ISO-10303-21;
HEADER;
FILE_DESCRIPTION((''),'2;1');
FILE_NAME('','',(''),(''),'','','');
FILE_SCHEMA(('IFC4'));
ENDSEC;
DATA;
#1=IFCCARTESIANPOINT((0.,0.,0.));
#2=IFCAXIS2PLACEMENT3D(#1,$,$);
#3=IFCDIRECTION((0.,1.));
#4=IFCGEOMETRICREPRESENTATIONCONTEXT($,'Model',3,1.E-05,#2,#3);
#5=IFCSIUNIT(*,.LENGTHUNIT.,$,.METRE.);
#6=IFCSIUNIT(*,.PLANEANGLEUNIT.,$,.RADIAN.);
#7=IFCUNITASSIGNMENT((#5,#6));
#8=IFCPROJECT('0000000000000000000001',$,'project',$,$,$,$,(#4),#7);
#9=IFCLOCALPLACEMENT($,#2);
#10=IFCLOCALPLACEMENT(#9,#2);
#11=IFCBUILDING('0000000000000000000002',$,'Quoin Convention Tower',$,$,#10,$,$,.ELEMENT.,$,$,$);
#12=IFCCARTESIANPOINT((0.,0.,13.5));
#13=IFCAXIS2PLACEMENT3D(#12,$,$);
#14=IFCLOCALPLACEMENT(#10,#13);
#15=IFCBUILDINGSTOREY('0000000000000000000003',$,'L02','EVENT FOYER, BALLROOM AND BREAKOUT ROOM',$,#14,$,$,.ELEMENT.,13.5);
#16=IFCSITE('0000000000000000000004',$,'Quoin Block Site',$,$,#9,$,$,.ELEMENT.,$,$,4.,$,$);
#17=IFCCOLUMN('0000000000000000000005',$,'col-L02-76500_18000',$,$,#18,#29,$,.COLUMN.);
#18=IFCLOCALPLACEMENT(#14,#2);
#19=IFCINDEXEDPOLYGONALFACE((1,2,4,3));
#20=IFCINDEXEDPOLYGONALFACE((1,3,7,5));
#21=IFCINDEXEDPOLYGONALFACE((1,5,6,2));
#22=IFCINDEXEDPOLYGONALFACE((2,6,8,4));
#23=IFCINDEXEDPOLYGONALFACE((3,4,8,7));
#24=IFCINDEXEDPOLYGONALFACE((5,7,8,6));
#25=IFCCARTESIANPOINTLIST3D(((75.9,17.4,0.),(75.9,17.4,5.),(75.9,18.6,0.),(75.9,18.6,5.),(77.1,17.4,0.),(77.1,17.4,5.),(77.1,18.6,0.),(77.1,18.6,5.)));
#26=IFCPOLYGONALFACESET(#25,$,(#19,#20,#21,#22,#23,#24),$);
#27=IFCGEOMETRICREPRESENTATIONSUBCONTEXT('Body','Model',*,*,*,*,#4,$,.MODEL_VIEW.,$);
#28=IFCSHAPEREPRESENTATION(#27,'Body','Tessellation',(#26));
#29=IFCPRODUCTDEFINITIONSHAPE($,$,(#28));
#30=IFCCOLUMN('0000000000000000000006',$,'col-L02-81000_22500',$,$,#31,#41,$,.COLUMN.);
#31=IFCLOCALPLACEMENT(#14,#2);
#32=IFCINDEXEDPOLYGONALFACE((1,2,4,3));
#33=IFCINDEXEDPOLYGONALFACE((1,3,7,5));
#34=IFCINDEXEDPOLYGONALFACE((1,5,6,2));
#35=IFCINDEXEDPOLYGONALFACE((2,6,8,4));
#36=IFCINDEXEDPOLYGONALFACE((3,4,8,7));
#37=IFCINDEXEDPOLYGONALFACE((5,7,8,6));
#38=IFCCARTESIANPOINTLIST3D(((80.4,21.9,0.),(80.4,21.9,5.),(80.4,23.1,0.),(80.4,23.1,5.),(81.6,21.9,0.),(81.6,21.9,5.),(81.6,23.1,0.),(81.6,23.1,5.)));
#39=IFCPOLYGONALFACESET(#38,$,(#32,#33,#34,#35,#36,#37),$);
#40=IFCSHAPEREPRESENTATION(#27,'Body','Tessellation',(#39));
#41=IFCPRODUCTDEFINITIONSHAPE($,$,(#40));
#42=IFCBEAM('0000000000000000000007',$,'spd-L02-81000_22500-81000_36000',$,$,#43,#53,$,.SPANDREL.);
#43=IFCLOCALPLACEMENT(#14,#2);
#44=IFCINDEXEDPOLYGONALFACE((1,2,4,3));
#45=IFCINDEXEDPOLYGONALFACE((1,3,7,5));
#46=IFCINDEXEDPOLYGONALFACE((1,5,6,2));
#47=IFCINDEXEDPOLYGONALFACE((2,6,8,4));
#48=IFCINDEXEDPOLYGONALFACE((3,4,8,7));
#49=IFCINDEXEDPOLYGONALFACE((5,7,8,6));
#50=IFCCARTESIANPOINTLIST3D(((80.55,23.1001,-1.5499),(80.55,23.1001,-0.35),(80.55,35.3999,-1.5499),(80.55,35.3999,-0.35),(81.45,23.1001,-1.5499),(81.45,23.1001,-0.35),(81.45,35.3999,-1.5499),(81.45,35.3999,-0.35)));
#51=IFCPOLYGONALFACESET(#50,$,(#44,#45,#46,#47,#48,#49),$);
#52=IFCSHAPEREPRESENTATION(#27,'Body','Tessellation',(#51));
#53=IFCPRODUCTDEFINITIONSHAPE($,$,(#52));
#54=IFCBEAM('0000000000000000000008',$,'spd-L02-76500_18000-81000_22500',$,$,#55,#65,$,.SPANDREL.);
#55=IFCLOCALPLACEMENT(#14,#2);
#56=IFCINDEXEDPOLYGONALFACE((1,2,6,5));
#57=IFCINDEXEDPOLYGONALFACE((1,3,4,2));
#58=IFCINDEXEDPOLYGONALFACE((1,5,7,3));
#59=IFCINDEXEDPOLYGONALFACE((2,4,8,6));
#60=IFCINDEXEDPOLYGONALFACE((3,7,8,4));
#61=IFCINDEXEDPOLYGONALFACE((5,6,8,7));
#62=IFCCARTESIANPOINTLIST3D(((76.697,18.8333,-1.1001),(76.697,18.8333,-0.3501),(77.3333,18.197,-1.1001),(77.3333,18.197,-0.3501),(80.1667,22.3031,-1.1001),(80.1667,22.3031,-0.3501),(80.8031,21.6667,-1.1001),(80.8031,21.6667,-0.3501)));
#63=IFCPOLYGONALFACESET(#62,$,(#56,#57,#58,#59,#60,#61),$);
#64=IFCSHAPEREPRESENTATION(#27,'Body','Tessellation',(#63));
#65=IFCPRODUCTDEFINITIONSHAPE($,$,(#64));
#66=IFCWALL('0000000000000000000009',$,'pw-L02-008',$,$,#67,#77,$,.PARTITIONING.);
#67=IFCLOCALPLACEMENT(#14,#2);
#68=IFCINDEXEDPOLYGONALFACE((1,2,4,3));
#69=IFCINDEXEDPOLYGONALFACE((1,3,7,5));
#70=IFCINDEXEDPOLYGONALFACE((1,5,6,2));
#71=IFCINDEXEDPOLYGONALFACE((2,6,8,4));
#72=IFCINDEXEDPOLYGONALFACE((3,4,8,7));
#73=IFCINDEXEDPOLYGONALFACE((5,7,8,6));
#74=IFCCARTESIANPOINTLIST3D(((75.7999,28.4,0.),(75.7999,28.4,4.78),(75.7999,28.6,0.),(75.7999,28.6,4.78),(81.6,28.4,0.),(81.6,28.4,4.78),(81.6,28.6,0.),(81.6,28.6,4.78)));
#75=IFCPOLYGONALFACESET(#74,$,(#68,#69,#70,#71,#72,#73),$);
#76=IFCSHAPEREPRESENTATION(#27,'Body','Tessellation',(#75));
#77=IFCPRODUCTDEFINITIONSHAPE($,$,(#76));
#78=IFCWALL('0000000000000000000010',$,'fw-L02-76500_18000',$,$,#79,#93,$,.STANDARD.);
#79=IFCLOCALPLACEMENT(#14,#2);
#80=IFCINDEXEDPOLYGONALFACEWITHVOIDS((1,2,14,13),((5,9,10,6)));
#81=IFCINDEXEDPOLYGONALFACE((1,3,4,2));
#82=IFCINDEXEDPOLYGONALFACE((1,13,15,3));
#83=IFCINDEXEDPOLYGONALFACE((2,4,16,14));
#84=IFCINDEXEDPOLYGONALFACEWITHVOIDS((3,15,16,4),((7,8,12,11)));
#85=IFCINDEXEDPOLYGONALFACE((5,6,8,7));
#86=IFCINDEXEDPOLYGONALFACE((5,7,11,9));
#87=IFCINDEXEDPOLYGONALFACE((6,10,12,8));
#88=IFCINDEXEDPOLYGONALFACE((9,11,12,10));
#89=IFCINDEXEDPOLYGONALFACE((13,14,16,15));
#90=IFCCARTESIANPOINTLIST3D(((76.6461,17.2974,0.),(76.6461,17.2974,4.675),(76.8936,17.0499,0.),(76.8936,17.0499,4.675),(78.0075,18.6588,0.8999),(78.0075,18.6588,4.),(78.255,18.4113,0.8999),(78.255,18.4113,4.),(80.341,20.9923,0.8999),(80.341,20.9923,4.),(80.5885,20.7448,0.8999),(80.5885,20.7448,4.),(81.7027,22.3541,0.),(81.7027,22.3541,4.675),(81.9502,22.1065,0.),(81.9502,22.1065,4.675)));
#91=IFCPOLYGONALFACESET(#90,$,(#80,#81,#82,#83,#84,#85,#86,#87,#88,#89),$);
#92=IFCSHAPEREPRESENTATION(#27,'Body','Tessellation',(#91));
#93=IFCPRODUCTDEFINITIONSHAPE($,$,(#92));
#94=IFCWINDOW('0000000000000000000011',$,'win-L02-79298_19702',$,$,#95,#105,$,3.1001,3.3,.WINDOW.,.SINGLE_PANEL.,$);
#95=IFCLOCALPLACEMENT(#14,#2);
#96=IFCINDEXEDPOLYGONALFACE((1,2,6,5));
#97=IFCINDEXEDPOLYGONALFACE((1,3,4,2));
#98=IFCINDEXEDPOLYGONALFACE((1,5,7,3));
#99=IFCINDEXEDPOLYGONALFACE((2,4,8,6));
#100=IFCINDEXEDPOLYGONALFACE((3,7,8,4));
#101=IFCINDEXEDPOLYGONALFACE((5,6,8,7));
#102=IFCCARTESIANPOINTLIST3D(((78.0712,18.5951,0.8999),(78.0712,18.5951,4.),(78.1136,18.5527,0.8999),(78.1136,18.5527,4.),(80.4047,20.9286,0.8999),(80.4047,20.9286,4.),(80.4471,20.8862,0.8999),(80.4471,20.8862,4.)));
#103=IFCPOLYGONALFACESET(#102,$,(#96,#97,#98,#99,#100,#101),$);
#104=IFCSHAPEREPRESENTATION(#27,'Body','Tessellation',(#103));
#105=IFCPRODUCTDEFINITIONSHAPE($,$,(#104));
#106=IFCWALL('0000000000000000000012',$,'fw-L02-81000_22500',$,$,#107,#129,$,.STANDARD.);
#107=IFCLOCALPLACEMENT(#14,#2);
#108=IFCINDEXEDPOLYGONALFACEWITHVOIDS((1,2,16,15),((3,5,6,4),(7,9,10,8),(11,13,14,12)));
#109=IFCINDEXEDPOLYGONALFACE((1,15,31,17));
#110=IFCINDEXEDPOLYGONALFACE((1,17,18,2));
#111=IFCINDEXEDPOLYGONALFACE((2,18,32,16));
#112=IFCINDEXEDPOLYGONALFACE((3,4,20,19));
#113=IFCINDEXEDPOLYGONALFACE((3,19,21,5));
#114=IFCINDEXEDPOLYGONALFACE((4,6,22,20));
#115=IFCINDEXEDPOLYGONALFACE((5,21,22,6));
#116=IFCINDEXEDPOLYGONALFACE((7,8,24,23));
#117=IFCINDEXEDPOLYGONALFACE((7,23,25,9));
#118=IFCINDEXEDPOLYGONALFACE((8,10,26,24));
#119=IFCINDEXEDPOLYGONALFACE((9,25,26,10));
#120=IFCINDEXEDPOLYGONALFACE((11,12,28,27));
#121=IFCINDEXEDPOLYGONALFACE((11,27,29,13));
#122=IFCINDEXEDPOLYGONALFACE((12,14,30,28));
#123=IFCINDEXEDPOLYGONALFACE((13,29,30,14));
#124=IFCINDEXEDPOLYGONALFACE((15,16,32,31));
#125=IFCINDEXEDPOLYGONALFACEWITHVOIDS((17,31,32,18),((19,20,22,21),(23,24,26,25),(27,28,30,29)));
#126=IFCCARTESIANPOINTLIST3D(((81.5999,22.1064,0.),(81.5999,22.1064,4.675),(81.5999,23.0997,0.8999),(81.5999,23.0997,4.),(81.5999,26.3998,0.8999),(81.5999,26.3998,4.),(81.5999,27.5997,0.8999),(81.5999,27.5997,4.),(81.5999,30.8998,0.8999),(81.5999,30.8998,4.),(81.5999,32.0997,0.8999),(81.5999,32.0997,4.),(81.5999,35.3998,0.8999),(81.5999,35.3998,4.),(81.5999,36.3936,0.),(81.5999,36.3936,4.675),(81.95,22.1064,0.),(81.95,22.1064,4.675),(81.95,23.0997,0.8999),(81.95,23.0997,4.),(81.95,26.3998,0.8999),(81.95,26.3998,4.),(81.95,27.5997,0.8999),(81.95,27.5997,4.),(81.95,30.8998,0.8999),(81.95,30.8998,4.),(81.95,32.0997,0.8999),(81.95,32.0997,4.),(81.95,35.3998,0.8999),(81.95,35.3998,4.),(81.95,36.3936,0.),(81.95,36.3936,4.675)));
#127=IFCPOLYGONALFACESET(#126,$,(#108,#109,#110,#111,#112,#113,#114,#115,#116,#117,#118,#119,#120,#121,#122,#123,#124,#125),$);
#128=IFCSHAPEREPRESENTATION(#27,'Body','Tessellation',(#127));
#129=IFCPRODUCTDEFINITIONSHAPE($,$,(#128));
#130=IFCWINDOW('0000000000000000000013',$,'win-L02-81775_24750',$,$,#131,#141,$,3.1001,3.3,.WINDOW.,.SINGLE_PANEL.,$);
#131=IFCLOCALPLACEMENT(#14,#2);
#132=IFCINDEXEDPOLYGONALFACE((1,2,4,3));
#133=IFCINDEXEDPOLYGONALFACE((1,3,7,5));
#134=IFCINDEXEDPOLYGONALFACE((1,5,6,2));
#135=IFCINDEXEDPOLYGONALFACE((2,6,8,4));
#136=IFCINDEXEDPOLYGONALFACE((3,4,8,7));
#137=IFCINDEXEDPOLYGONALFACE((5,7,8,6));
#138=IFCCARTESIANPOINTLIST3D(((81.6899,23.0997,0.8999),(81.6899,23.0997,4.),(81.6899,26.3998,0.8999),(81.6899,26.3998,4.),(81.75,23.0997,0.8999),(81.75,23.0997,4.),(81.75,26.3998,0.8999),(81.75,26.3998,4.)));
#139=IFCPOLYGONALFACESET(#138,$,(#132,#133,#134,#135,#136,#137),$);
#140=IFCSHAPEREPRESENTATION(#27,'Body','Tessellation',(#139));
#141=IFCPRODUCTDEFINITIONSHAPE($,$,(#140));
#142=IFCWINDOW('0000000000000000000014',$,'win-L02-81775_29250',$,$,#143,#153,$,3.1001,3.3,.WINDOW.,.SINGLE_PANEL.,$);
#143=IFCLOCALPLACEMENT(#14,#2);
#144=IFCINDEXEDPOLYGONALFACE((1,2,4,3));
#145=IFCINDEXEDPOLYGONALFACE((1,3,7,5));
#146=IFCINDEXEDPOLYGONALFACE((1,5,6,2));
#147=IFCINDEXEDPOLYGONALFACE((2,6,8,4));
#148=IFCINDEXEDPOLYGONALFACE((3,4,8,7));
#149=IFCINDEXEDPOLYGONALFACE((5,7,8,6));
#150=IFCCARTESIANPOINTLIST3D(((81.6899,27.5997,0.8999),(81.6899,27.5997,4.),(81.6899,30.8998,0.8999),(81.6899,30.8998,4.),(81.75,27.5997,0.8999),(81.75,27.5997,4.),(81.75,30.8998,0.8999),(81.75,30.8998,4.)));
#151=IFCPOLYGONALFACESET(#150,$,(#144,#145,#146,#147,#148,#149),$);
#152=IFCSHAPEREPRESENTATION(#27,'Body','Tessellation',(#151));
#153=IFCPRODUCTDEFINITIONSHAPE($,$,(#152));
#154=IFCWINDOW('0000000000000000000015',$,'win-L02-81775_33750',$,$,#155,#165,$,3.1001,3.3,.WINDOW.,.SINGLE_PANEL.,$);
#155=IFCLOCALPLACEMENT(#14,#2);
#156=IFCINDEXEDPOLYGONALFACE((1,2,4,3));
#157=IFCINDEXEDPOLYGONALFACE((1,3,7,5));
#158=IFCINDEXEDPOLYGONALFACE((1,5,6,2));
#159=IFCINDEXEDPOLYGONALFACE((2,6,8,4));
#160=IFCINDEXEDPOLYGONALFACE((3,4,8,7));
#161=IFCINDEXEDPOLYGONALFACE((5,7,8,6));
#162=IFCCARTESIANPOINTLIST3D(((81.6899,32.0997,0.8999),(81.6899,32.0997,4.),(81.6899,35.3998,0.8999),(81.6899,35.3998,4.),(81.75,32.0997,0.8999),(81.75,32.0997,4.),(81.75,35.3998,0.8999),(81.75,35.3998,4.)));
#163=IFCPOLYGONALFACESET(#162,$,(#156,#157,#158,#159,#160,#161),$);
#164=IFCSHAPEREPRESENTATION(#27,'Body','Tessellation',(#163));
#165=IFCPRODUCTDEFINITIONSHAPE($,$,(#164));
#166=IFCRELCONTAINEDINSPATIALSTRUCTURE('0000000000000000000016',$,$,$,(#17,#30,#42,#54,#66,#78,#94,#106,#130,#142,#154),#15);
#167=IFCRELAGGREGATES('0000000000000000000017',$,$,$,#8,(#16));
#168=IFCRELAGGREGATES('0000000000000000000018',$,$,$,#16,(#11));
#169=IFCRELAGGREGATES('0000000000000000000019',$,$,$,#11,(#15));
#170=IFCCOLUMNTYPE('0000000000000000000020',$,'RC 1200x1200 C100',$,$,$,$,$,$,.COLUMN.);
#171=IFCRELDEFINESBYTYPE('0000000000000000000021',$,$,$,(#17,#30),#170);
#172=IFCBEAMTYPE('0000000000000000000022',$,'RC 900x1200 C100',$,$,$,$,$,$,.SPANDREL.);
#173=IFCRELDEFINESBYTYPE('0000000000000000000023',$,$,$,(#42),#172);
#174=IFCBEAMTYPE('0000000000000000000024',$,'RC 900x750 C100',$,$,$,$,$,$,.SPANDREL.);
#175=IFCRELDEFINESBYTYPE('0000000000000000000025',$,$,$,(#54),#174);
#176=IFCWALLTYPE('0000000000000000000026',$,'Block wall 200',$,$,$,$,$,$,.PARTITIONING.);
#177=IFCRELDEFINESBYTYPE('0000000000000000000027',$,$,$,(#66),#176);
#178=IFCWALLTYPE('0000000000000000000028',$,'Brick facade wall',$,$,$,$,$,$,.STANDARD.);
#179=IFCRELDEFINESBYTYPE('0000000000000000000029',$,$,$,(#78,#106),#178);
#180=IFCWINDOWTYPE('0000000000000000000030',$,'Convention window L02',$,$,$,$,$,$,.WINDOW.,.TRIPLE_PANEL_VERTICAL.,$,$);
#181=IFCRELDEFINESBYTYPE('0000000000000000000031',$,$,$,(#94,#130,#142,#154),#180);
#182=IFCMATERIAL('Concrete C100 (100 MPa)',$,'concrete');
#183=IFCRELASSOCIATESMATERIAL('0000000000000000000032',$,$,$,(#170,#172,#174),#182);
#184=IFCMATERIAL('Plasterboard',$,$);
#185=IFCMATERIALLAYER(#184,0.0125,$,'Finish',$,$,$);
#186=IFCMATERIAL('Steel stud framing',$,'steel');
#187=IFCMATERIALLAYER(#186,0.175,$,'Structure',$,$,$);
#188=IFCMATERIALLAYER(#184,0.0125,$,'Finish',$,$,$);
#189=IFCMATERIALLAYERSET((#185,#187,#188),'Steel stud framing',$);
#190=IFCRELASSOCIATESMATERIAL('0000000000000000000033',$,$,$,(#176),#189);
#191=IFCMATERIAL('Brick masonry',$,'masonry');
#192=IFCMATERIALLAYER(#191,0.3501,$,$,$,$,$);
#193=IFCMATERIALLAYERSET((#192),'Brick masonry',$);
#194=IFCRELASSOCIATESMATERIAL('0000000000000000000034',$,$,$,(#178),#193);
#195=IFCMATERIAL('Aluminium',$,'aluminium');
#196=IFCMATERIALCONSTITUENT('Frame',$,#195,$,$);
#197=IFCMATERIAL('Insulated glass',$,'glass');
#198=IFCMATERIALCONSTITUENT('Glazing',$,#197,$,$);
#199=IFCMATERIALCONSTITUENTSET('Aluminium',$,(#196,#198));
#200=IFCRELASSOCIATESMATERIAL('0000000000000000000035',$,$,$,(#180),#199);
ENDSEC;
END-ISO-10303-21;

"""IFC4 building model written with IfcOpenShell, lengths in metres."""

from ifc_helpers import new_model, si_unit, direction, frame, frame_2d, origin, origin_2d, place, context, subcontext, project, spatial, rectangle, extrude, material, layer, layer_set, constituent, constituent_set, material_profile, profile_set, type_object, element, fill, save


model = new_model("IFC4")

# Units and contexts
model_context = context("Model", 3, precision=1e-05, world=origin(), true_north=direction((0.0, 1.0)))
body_context = subcontext(model_context, "Body", "Model", "MODEL_VIEW")
ifc_project = project(units=[si_unit("LENGTHUNIT", "METRE"), si_unit("PLANEANGLEUNIT", "RADIAN")], contexts=[model_context])

# Site, building, storey
site_placement = place(None, origin())
site = spatial("IfcSite", under=ifc_project, at=site_placement, Name="Quoin Block Site", CompositionType="ELEMENT", RefElevation=4.0)
building_placement = place(site_placement, origin())
building = spatial("IfcBuilding", under=site, at=building_placement, Name="Quoin Convention Tower", CompositionType="ELEMENT")
storey_placement = place(building_placement, frame((0.0, 0.0, 13.5)))
storey = spatial("IfcBuildingStorey", under=building, at=storey_placement, Name="L02", Description="EVENT FOYER, BALLROOM AND BREAKOUT ROOM", CompositionType="ELEMENT", Elevation=13.5)

# Columns
ifc_material_1 = material(Name="Concrete C100 (100 MPa)", Category="concrete")
ifc_material_profile_1 = material_profile(ifc_material_1, rectangle(XDim=1.2, YDim=1.2, at=origin_2d()), Name="RC 1200x1200")
ifc_profile_set_1 = profile_set([ifc_material_profile_1], Name="Concrete C100 (100 MPa)")
column_type = type_object("IfcColumnType", Name="RC 1200x1200 C100", PredefinedType="COLUMN", material=ifc_profile_set_1)
for number, where, z_axis, x_axis, name in (
    (1, (76.5, 18.0, 0.0), (0.0, 0.0, 1.0), (1.0, 0.0, 0.0), "col-L02-76500_18000"),
    (2, (81.0, 22.5, 0.0), (0.0, 0.0, 1.0), (1.0, 0.0, 0.0), "col-L02-81000_22500"),
):
    element("IfcColumn", number, at=place(storey_placement, frame(where, z_axis=z_axis, x_axis=x_axis)), inside=storey, type_object=column_type, Name=name, PredefinedType="COLUMN", context=body_context, shape_type="SweptSolid", body=[
        extrude(rectangle(XDim=1.2, YDim=1.2, at=origin_2d()), origin(), (0.0, 0.0, 1.0), 5.0),
    ])

# Beams
ifc_material_profile_2 = material_profile(ifc_material_1, rectangle(XDim=0.8999, YDim=1.2, at=origin_2d()), Name="RC 900x1200")
ifc_profile_set_2 = profile_set([ifc_material_profile_2], Name="Concrete C100 (100 MPa)")
beam_type_1 = type_object("IfcBeamType", Name="RC 900x1200 C100", PredefinedType="SPANDREL", material=ifc_profile_set_2)
beam_1_placement = place(storey_placement, frame((81.0, 23.1001, -0.95), z_axis=(0.0, 1.0, 0.0), x_axis=(-1.0, 0.0, 0.0)))
element("IfcBeam", 3, at=beam_1_placement, inside=storey, type_object=beam_type_1, Name="spd-L02-81000_22500-81000_36000", PredefinedType="SPANDREL", context=body_context, shape_type="SweptSolid", body=[
    extrude(rectangle(XDim=0.8999, YDim=1.2, at=origin_2d()), origin(), (0.0, 0.0, 1.0), 12.2998),
])
ifc_material_profile_3 = material_profile(ifc_material_1, rectangle(XDim=0.8999, YDim=0.75, at=origin_2d()), Name="RC 900x750")
ifc_profile_set_3 = profile_set([ifc_material_profile_3], Name="Concrete C100 (100 MPa)")
beam_type_2 = type_object("IfcBeamType", Name="RC 900x750 C100", PredefinedType="SPANDREL", material=ifc_profile_set_3)
beam_2_placement = place(storey_placement, frame((77.0151, 18.5151, -0.7251), z_axis=(0.707107, 0.707107, 0.0), x_axis=(-0.707107, 0.707107, 0.0)))
element("IfcBeam", 4, at=beam_2_placement, inside=storey, type_object=beam_type_2, Name="spd-L02-76500_18000-81000_22500", PredefinedType="SPANDREL", context=body_context, shape_type="SweptSolid", body=[
    extrude(rectangle(XDim=0.8999, YDim=0.75, at=origin_2d()), origin(), (0.0, 0.0, 1.0), 4.907),
])

# Wall
ifc_material_2 = material(Name="Plasterboard")
ifc_layer_1 = layer(ifc_material_2, 0.0125, Name="Finish")
ifc_material_3 = material(Name="Steel stud framing", Category="steel")
ifc_layer_2 = layer(ifc_material_3, 0.175, Name="Structure")
ifc_layer_3 = layer(ifc_material_2, 0.0125, Name="Finish")
ifc_layer_set_1 = layer_set([ifc_layer_1, ifc_layer_2, ifc_layer_3], Name="Steel stud framing")
wall_type_1 = type_object("IfcWallType", Name="Block wall 200", PredefinedType="PARTITIONING", material=ifc_layer_set_1)
wall_1_placement = place(storey_placement, frame((75.8, 28.5, 0.0), z_axis=(0.0, 0.0, 1.0), x_axis=(1.0, 0.0, 0.0)))
element("IfcWall", 5, at=wall_1_placement, inside=storey, type_object=wall_type_1, Name="pw-L02-008", PredefinedType="PARTITIONING", context=body_context, shape_type="SweptSolid", body=[
    extrude(rectangle(XDim=5.8, YDim=0.2, at=frame_2d((2.8999, 0.0))), origin(), (0.0, 0.0, 1.0), 4.78),
])

# Wall, opening, window
ifc_material_4 = material(Name="Brick masonry", Category="masonry")
ifc_layer_4 = layer(ifc_material_4, 0.3501)
ifc_layer_set_2 = layer_set([ifc_layer_4], Name="Brick masonry")
wall_type_2 = type_object("IfcWallType", Name="Brick facade wall", PredefinedType="STANDARD", material=ifc_layer_set_2)
wall_2_placement = place(storey_placement, frame((76.7698, 17.1736, 0.0), z_axis=(0.0, 0.0, 1.0), x_axis=(0.707107, 0.707107, 0.0)))
wall_2 = element("IfcWall", 6, at=wall_2_placement, inside=storey, type_object=wall_type_2, Name="fw-L02-76500_18000", PredefinedType="STANDARD", context=body_context, shape_type="SweptSolid", body=[
    extrude(rectangle(XDim=7.1511, YDim=0.3501, at=frame_2d((3.5757, 0.0))), origin(), (0.0, 0.0, 1.0), 4.675),
])
opening_1_placement = place(wall_2_placement, frame((1.9255, 0.0, 0.8999)))
opening_1 = element("IfcOpeningElement", 7, at=opening_1_placement, cuts=wall_2, PredefinedType="OPENING", context=body_context, shape_type="SweptSolid", body=[
    extrude(rectangle(XDim=3.3, YDim=3.1001, at=frame_2d((1.6499, 1.55))), frame((0.0, 0.1851, 0.0), z_axis=(0.0, -1.0, 0.0), x_axis=(1.0, 0.0, 0.0)), (0.0, 0.0, 1.0), 0.3701),
])
ifc_material_5 = material(Name="Aluminium", Category="aluminium")
ifc_constituent_1 = constituent(ifc_material_5, Name="Frame")
ifc_material_6 = material(Name="Insulated glass", Category="glass")
ifc_constituent_2 = constituent(ifc_material_6, Name="Glazing")
ifc_constituent_set = constituent_set(constituents=[ifc_constituent_1, ifc_constituent_2], Name="Aluminium")
window_type = type_object("IfcWindowType", Name="Convention window L02", PartitioningType="TRIPLE_PANEL_VERTICAL", PredefinedType="WINDOW", material=ifc_constituent_set)
window_1_placement = place(opening_1_placement, origin())
window_1 = element("IfcWindow", 8, at=window_1_placement, inside=storey, type_object=window_type, Name="win-L02-79298_19702", OverallHeight=3.1001, OverallWidth=3.3, PartitioningType="SINGLE_PANEL", PredefinedType="WINDOW", context=body_context, shape_type="SweptSolid", body=[
    extrude(rectangle(XDim=3.3, YDim=3.1001, at=frame_2d((1.6499, 1.55))), frame((0.0, 0.085, 0.0), z_axis=(0.0, -1.0, 0.0), x_axis=(1.0, 0.0, 0.0)), (0.0, 0.0, 1.0), 0.0601),
])
fill(opening_1, window_1)

# Wall, openings, windows
wall_3_placement = place(storey_placement, frame((81.7749, 22.1064, 0.0), z_axis=(0.0, 0.0, 1.0), x_axis=(0.0, 1.0, 0.0)))
wall_3 = element("IfcWall", 9, at=wall_3_placement, inside=storey, type_object=wall_type_2, Name="fw-L02-81000_22500", PredefinedType="STANDARD", context=body_context, shape_type="SweptSolid", body=[
    extrude(rectangle(XDim=14.2871, YDim=0.3501, at=frame_2d((7.1436, 0.0))), origin(), (0.0, 0.0, 1.0), 4.675),
])
opening_2_placement = place(wall_3_placement, frame((0.9934, 0.0, 0.8999)))
opening_2 = element("IfcOpeningElement", 10, at=opening_2_placement, cuts=wall_3, PredefinedType="OPENING", context=body_context, shape_type="SweptSolid", body=[
    extrude(rectangle(XDim=3.3, YDim=3.1001, at=frame_2d((1.6499, 1.55))), frame((0.0, 0.1851, 0.0), z_axis=(0.0, -1.0, 0.0), x_axis=(1.0, 0.0, 0.0)), (0.0, 0.0, 1.0), 0.3701),
])
opening_3_placement = place(wall_3_placement, frame((5.4934, 0.0, 0.8999)))
opening_3 = element("IfcOpeningElement", 11, at=opening_3_placement, cuts=wall_3, PredefinedType="OPENING", context=body_context, shape_type="SweptSolid", body=[
    extrude(rectangle(XDim=3.3, YDim=3.1001, at=frame_2d((1.6499, 1.55))), frame((0.0, 0.1851, 0.0), z_axis=(0.0, -1.0, 0.0), x_axis=(1.0, 0.0, 0.0)), (0.0, 0.0, 1.0), 0.3701),
])
opening_4_placement = place(wall_3_placement, frame((9.9934, 0.0, 0.8999)))
opening_4 = element("IfcOpeningElement", 12, at=opening_4_placement, cuts=wall_3, PredefinedType="OPENING", context=body_context, shape_type="SweptSolid", body=[
    extrude(rectangle(XDim=3.3, YDim=3.1001, at=frame_2d((1.6499, 1.55))), frame((0.0, 0.1851, 0.0), z_axis=(0.0, -1.0, 0.0), x_axis=(1.0, 0.0, 0.0)), (0.0, 0.0, 1.0), 0.3701),
])
window_2_placement = place(opening_2_placement, origin())
window_2 = element("IfcWindow", 13, at=window_2_placement, inside=storey, type_object=window_type, Name="win-L02-81775_24750", OverallHeight=3.1001, OverallWidth=3.3, PartitioningType="SINGLE_PANEL", PredefinedType="WINDOW", context=body_context, shape_type="SweptSolid", body=[
    extrude(rectangle(XDim=3.3, YDim=3.1001, at=frame_2d((1.6499, 1.55))), frame((0.0, 0.085, 0.0), z_axis=(0.0, -1.0, 0.0), x_axis=(1.0, 0.0, 0.0)), (0.0, 0.0, 1.0), 0.0601),
])
fill(opening_2, window_2)
window_3_placement = place(opening_3_placement, origin())
window_3 = element("IfcWindow", 14, at=window_3_placement, inside=storey, type_object=window_type, Name="win-L02-81775_29250", OverallHeight=3.1001, OverallWidth=3.3, PartitioningType="SINGLE_PANEL", PredefinedType="WINDOW", context=body_context, shape_type="SweptSolid", body=[
    extrude(rectangle(XDim=3.3, YDim=3.1001, at=frame_2d((1.6499, 1.55))), frame((0.0, 0.085, 0.0), z_axis=(0.0, -1.0, 0.0), x_axis=(1.0, 0.0, 0.0)), (0.0, 0.0, 1.0), 0.0601),
])
fill(opening_3, window_3)
window_4_placement = place(opening_4_placement, origin())
window_4 = element("IfcWindow", 15, at=window_4_placement, inside=storey, type_object=window_type, Name="win-L02-81775_33750", OverallHeight=3.1001, OverallWidth=3.3, PartitioningType="SINGLE_PANEL", PredefinedType="WINDOW", context=body_context, shape_type="SweptSolid", body=[
    extrude(rectangle(XDim=3.3, YDim=3.1001, at=frame_2d((1.6499, 1.55))), frame((0.0, 0.085, 0.0), z_axis=(0.0, -1.0, 0.0), x_axis=(1.0, 0.0, 0.0)), (0.0, 0.0, 1.0), 0.0601),
])
fill(opening_4, window_4)

save(model, "model.ifc")
